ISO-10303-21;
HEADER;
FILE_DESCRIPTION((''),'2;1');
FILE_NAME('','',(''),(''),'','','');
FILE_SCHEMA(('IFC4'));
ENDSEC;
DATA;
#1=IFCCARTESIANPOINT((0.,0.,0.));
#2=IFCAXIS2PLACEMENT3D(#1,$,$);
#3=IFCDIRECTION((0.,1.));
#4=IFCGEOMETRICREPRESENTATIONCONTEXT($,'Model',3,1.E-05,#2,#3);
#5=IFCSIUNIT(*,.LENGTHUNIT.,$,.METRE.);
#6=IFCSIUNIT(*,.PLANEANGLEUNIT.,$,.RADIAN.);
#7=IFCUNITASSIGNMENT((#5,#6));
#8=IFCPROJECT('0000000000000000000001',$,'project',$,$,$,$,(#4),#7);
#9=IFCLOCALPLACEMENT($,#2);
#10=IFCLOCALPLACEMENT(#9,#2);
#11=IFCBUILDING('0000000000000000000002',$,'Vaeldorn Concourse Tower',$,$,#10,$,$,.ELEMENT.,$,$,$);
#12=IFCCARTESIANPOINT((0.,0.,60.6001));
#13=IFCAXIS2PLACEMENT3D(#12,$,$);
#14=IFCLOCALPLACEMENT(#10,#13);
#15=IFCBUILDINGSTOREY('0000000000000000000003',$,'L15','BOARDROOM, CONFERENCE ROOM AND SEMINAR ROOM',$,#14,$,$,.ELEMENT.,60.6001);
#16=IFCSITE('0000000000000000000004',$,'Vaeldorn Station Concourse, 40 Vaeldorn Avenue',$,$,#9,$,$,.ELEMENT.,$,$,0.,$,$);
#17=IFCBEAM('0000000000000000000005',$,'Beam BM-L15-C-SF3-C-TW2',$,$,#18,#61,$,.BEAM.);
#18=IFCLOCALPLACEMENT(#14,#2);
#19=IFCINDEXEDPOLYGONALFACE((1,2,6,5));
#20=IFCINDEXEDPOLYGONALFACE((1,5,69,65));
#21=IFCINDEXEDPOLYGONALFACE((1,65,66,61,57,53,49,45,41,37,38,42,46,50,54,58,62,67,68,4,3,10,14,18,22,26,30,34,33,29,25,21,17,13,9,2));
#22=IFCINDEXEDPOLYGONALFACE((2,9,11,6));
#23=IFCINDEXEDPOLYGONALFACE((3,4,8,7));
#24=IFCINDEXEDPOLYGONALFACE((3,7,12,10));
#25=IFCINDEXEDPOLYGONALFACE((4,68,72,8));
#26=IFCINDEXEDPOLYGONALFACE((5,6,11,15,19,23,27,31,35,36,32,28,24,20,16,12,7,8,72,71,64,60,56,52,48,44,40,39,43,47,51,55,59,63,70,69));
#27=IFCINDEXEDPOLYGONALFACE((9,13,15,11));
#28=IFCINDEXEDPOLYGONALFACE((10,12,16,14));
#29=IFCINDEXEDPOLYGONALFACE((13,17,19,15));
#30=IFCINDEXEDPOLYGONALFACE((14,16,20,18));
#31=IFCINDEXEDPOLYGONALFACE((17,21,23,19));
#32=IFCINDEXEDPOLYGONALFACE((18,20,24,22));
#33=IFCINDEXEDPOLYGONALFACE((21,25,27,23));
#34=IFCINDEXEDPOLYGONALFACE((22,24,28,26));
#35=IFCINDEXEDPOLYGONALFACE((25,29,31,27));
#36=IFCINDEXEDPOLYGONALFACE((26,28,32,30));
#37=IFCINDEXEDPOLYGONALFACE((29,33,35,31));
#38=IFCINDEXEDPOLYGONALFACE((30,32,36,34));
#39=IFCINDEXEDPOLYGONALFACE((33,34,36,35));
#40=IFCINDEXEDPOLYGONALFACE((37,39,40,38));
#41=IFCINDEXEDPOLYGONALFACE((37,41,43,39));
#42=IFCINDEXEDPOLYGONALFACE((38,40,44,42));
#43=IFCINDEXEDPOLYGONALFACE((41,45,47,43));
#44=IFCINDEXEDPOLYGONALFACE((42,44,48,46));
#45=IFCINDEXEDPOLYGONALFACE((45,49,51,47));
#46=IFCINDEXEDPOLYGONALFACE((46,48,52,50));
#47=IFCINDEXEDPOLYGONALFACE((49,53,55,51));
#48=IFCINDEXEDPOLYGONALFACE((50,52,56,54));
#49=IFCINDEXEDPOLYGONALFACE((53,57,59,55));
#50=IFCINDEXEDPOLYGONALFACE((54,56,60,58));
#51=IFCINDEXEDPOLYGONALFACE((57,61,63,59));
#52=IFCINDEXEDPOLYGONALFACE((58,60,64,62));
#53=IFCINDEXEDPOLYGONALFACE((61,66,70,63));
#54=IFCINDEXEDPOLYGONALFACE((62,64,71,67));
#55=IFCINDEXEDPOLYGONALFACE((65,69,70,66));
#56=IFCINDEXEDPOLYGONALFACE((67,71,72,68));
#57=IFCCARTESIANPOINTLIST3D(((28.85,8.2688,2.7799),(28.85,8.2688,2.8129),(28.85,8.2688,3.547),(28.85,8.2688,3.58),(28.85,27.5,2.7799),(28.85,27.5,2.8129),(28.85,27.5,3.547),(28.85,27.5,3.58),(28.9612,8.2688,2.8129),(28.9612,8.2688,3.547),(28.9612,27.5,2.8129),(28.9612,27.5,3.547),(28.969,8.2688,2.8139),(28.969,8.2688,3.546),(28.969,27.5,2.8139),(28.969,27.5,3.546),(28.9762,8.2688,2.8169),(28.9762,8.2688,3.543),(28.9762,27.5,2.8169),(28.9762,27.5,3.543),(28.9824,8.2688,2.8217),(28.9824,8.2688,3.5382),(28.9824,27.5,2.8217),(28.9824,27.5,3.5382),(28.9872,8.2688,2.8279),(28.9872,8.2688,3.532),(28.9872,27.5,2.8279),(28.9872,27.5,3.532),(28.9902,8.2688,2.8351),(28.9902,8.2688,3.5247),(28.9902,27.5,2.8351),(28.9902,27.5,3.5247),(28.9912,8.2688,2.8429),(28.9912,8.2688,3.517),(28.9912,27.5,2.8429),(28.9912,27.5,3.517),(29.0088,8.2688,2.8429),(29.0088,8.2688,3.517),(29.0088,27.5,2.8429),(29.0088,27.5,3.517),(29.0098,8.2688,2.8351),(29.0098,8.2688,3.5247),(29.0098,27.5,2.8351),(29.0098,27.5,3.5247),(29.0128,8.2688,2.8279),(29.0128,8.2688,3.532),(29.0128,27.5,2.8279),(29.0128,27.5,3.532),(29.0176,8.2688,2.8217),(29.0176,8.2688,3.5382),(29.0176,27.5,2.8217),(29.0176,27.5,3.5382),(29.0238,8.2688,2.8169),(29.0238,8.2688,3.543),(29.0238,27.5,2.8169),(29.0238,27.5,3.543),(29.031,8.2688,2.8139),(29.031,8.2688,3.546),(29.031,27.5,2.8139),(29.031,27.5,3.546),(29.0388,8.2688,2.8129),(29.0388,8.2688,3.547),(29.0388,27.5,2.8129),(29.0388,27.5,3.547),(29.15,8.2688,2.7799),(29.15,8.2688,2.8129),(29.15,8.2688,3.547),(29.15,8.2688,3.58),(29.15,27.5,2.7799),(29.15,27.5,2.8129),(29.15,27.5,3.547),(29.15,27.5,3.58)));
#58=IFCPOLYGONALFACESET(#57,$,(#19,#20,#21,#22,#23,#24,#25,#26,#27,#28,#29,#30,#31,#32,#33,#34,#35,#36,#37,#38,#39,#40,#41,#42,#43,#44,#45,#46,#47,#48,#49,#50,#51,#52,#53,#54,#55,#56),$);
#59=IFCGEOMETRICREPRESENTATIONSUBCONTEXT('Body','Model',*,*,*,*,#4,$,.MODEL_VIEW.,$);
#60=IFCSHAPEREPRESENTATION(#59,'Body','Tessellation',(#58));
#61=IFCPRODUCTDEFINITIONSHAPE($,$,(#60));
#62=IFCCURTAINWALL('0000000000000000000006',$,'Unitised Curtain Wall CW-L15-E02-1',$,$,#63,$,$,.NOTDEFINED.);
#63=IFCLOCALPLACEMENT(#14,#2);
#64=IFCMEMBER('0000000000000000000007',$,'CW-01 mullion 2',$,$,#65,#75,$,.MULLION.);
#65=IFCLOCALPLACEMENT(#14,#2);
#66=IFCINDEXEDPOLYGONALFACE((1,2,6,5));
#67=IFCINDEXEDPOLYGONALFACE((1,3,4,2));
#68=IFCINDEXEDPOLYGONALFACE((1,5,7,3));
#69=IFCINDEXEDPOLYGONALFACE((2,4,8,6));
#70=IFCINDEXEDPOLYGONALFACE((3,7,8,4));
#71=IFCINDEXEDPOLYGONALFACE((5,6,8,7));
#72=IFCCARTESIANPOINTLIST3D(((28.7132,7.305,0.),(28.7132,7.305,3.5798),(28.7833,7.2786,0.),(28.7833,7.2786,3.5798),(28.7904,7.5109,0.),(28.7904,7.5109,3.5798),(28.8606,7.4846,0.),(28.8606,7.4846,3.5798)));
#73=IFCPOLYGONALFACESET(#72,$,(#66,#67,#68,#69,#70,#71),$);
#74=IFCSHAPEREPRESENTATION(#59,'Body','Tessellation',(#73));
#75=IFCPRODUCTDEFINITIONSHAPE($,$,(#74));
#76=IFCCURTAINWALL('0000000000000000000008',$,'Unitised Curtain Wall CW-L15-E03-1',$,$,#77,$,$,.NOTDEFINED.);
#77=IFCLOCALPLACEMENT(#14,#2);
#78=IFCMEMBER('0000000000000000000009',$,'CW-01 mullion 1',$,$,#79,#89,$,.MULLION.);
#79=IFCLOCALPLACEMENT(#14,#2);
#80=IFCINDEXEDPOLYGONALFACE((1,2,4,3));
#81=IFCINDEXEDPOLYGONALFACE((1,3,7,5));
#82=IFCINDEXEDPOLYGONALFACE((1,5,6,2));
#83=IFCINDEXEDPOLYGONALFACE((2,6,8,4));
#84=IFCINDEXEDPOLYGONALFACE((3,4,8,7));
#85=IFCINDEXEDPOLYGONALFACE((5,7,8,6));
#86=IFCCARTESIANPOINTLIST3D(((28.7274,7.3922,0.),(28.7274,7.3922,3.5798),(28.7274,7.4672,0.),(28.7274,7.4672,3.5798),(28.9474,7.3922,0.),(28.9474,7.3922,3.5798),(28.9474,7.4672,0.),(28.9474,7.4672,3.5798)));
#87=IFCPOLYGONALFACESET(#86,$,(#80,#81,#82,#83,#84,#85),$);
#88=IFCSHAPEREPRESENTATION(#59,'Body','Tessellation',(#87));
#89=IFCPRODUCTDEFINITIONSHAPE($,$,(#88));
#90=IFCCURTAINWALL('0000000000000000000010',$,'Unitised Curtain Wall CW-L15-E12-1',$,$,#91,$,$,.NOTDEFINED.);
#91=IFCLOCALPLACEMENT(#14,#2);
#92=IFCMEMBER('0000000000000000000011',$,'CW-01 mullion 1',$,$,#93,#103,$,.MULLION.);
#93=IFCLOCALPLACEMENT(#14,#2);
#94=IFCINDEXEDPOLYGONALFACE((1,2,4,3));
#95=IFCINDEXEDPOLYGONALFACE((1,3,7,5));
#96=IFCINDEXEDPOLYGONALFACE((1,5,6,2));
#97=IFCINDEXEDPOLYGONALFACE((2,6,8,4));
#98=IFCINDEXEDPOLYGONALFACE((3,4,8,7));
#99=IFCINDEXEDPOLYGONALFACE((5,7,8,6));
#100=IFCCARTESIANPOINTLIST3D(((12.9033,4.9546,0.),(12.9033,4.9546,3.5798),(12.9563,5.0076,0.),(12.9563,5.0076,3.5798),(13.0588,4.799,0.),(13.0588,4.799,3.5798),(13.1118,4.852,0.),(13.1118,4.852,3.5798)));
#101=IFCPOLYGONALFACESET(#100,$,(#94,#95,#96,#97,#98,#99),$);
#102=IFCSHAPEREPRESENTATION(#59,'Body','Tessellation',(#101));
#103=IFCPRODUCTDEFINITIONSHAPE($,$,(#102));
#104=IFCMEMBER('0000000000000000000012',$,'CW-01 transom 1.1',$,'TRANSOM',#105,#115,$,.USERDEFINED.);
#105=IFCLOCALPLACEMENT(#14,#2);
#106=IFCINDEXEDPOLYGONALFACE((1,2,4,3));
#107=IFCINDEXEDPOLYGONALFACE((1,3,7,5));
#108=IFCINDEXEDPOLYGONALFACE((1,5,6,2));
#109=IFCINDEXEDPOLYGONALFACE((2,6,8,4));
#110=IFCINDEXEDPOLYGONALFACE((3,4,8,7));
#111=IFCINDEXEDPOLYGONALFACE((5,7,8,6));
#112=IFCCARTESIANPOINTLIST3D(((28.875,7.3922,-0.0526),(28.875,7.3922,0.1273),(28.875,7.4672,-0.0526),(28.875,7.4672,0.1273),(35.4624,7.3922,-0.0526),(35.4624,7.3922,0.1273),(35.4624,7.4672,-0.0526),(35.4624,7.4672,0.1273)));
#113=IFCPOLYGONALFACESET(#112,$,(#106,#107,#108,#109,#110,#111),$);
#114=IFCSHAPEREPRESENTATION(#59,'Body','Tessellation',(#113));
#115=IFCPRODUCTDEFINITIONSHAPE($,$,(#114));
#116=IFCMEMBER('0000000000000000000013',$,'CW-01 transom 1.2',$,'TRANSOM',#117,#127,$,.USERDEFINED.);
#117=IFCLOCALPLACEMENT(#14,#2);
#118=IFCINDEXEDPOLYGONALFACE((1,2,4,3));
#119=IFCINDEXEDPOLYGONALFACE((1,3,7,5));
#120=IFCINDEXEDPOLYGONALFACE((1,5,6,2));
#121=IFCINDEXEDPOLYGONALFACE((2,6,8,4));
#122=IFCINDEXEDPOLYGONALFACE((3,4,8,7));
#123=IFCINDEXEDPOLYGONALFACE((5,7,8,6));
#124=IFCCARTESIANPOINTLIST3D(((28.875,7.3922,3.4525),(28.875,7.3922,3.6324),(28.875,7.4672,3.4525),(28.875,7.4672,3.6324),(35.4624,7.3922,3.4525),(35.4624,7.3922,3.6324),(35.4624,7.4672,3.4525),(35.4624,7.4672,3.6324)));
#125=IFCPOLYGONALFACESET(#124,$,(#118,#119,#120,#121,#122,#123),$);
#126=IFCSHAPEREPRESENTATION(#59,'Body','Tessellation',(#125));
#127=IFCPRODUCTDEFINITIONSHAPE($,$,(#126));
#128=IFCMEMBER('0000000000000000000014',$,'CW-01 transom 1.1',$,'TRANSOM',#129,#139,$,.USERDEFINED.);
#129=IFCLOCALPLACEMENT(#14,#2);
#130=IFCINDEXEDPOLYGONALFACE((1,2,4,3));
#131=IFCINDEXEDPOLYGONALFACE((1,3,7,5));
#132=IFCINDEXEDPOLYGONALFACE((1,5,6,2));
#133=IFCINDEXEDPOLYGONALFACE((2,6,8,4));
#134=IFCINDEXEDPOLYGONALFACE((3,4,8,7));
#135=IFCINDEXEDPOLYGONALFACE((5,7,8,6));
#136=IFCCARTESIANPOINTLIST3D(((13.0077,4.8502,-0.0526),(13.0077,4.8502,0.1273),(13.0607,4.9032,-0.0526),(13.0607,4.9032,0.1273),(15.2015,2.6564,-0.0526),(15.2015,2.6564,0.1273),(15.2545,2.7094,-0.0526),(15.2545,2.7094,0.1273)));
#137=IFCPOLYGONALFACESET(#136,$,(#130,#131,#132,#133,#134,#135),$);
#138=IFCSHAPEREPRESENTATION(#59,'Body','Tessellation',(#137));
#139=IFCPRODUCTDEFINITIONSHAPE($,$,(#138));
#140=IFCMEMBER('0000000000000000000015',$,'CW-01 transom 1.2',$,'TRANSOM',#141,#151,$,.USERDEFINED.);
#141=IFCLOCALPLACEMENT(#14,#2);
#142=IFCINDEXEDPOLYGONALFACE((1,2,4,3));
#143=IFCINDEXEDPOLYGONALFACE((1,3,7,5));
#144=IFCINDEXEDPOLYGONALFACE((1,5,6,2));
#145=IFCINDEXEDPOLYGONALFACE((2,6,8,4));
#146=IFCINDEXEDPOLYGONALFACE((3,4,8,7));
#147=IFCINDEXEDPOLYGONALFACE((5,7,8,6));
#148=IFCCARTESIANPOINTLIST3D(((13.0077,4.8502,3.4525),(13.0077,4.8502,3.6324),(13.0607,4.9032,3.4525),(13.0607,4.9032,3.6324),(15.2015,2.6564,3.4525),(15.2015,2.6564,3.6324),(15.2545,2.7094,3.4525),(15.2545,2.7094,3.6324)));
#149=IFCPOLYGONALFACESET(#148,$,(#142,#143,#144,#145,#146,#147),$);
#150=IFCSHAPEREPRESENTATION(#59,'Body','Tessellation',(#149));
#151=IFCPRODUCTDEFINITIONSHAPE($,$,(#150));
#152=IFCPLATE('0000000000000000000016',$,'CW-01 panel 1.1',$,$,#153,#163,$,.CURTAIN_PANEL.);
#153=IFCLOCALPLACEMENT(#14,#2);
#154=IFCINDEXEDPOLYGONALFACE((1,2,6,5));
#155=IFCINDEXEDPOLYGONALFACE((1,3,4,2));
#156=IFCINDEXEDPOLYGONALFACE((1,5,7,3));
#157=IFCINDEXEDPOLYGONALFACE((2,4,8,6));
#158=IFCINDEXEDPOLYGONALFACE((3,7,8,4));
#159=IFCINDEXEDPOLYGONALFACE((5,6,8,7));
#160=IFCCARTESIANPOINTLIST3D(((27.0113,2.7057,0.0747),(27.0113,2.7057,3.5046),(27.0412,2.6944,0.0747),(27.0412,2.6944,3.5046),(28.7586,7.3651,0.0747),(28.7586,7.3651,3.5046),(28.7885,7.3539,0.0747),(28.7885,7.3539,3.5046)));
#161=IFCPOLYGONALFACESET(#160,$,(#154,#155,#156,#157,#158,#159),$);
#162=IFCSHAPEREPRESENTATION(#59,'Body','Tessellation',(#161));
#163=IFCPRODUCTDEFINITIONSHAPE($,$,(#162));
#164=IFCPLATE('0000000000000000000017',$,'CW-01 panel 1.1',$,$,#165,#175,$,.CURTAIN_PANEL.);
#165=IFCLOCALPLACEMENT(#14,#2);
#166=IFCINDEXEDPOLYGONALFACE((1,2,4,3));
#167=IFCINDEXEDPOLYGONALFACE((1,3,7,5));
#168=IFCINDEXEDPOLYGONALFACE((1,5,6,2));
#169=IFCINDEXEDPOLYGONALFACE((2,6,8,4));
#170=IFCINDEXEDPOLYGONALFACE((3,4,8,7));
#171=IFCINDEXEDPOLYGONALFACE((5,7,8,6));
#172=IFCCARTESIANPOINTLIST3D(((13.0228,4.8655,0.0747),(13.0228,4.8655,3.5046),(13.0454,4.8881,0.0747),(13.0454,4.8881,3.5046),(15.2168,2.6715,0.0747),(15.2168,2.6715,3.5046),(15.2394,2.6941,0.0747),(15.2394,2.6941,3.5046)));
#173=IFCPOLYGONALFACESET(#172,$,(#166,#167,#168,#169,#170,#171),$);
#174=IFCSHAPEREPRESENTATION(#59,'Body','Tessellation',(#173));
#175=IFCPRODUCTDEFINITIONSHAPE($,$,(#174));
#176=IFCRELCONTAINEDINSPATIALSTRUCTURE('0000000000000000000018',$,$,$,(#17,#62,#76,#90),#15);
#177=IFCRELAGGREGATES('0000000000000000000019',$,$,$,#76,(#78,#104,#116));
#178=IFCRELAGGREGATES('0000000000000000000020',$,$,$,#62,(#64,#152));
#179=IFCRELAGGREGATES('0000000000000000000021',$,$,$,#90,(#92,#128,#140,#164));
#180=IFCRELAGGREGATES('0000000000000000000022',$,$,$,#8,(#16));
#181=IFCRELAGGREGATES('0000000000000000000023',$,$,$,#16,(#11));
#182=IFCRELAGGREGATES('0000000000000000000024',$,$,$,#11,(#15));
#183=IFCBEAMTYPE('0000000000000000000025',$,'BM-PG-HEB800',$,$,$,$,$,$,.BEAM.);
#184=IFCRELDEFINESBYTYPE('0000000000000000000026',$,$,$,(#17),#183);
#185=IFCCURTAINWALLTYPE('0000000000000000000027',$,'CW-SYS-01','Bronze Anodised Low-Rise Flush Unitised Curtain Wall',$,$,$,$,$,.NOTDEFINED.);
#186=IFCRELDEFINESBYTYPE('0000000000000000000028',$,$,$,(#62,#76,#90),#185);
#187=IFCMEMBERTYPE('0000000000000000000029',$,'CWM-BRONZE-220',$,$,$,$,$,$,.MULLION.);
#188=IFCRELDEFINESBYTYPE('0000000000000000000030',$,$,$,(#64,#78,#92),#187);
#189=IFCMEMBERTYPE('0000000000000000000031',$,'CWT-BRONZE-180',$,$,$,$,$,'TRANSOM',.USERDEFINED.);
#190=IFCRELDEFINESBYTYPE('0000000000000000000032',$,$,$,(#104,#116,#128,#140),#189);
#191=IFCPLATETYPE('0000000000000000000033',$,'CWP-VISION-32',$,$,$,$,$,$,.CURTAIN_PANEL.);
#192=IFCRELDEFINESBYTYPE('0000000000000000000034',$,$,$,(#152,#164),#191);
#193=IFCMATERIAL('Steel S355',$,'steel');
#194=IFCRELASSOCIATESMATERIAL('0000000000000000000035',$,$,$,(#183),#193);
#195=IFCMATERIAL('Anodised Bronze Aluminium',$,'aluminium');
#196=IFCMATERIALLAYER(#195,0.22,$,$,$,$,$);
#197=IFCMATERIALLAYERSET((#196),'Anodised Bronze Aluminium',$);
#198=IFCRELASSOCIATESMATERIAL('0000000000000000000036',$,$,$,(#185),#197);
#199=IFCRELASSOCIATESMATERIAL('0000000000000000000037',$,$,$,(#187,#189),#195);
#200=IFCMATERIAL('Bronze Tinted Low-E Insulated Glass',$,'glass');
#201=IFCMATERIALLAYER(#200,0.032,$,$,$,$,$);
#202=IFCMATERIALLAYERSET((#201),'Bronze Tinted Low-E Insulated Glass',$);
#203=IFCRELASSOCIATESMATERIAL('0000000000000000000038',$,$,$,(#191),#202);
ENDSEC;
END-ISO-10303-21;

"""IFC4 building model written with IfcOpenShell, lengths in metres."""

from ifc_helpers import new_model, si_unit, direction, frame, origin, origin_2d, place, context, subcontext, project, spatial, rectangle, i_section, extrude, source, transform, mapped, material, layer, layer_set, material_profile, profile_set, type_object, element, aggregate, save


model = new_model("IFC4")

# Units and contexts
model_context = context("Model", 3, precision=1e-05, world=origin(), true_north=direction((0.0, 1.0)))
body_context = subcontext(model_context, "Body", "Model", "MODEL_VIEW")
ifc_project = project(units=[si_unit("LENGTHUNIT", "METRE"), si_unit("PLANEANGLEUNIT", "RADIAN")], contexts=[model_context])

# Site, building, storey
site_placement = place(None, origin())
site = spatial("IfcSite", under=ifc_project, at=site_placement, Name="Vaeldorn Station Concourse, 40 Vaeldorn Avenue", CompositionType="ELEMENT", RefElevation=0.0)
building_placement = place(site_placement, origin())
building = spatial("IfcBuilding", under=site, at=building_placement, Name="Vaeldorn Concourse Tower", CompositionType="ELEMENT")
storey_placement = place(building_placement, frame((0.0, 0.0, 60.6001)))
storey = spatial("IfcBuildingStorey", under=building, at=storey_placement, Name="L15", Description="BOARDROOM, CONFERENCE ROOM AND SEMINAR ROOM", CompositionType="ELEMENT", Elevation=60.6001)

# Beam
ifc_material_1 = material(Name="Steel S355", Category="steel")
ifc_material_profile_1 = material_profile(ifc_material_1, i_section(OverallWidth=0.3, OverallDepth=0.8, WebThickness=0.0176, FlangeThickness=0.033, FilletRadius=0.03, at=origin_2d()), Name="HEB 800")
ifc_profile_set_1 = profile_set([ifc_material_profile_1], Name="Steel S355")
beam_type_1 = type_object("IfcBeamType", Name="BM-PG-HEB800", PredefinedType="BEAM", material=ifc_profile_set_1)
shared_shape_1 = source(origin(), body_context, "Body", "SweptSolid", [
    extrude(i_section(OverallWidth=0.3, OverallDepth=0.8, WebThickness=0.0176, FlangeThickness=0.033, FilletRadius=0.03, at=origin_2d()), origin(), (0.0, 0.0, 1.0), 19.2312),
])
beam_1_placement = place(storey_placement, frame((29.0, 8.2688, 3.1799), z_axis=(0.0, 1.0, 0.0), x_axis=(-1.0, 0.0, 0.0)))
element("IfcBeam", 1, at=beam_1_placement, inside=storey, type_object=beam_type_1, Name="Beam BM-L15-C-SF3-C-TW2", PredefinedType="BEAM", context=body_context, shape_type="MappedRepresentation", body=[
    mapped(shared_shape_1, transform((0.0, 0.0, 0.0), scale=1.0)),
])

# Curtain walls, members
ifc_material_2 = material(Name="Anodised Bronze Aluminium", Category="aluminium")
ifc_layer_1 = layer(ifc_material_2, 0.22)
ifc_layer_set_1 = layer_set([ifc_layer_1], Name="Anodised Bronze Aluminium")
curtain_wall_type = type_object("IfcCurtainWallType", Name="CW-SYS-01", Description="Bronze Anodised Low-Rise Flush Unitised Curtain Wall", PredefinedType="NOTDEFINED", material=ifc_layer_set_1)
curtain_wall_1_placement = place(storey_placement, origin())
curtain_wall_1 = element("IfcCurtainWall", 2, at=curtain_wall_1_placement, inside=storey, type_object=curtain_wall_type, Name="Unitised Curtain Wall CW-L15-E02-1", PredefinedType="NOTDEFINED")
ifc_material_profile_2 = material_profile(ifc_material_2, rectangle(XDim=0.075, YDim=0.22, at=origin_2d()), Name="CWM 75x220")
ifc_profile_set_2 = profile_set([ifc_material_profile_2], Name="Anodised Bronze Aluminium")
member_type_1 = type_object("IfcMemberType", Name="CWM-BRONZE-220", PredefinedType="MULLION", material=ifc_profile_set_2)
shared_shape_2 = source(origin(), body_context, "Body", "SweptSolid", [
    extrude(rectangle(XDim=0.075, YDim=0.22, at=origin_2d()), origin(), (0.0, 0.0, 1.0), 3.5798),
])
member_1_placement = place(storey_placement, frame((28.7869, 7.3948, 0.0), z_axis=(0.0, 0.0, 1.0), x_axis=(-0.936329, 0.351123, 0.0)))
member_1 = element("IfcMember", 3, at=member_1_placement, type_object=member_type_1, Name="CW-01 mullion 2", PredefinedType="MULLION", context=body_context, shape_type="MappedRepresentation", body=[
    mapped(shared_shape_2, transform((0.0, 0.0, 0.0), scale=1.0)),
])
curtain_wall_2_placement = place(storey_placement, origin())
curtain_wall_2 = element("IfcCurtainWall", 4, at=curtain_wall_2_placement, inside=storey, type_object=curtain_wall_type, Name="Unitised Curtain Wall CW-L15-E03-1", PredefinedType="NOTDEFINED")
member_2_placement = place(storey_placement, frame((28.8374, 7.4297, 0.0), z_axis=(0.0, 0.0, 1.0), x_axis=(0.0, 1.0, 0.0)))
member_2 = element("IfcMember", 5, at=member_2_placement, type_object=member_type_1, Name="CW-01 mullion 1", PredefinedType="MULLION", context=body_context, shape_type="MappedRepresentation", body=[
    mapped(shared_shape_2, transform((0.0, 0.0, 0.0), scale=1.0)),
])
curtain_wall_3_placement = place(storey_placement, origin())
curtain_wall_3 = element("IfcCurtainWall", 6, at=curtain_wall_3_placement, inside=storey, type_object=curtain_wall_type, Name="Unitised Curtain Wall CW-L15-E12-1", PredefinedType="NOTDEFINED")
member_3_placement = place(storey_placement, frame((13.0076, 4.9033, 0.0), z_axis=(0.0, 0.0, 1.0), x_axis=(0.707107, 0.707107, 0.0)))
member_3 = element("IfcMember", 7, at=member_3_placement, type_object=member_type_1, Name="CW-01 mullion 1", PredefinedType="MULLION", context=body_context, shape_type="MappedRepresentation", body=[
    mapped(shared_shape_2, transform((0.0, 0.0, 0.0), scale=1.0)),
])

# Members
ifc_material_profile_3 = material_profile(ifc_material_2, rectangle(XDim=0.075, YDim=0.1799, at=origin_2d()), Name="CWT 75x180")
ifc_profile_set_3 = profile_set([ifc_material_profile_3], Name="Anodised Bronze Aluminium")
member_type_2 = type_object("IfcMemberType", Name="CWT-BRONZE-180", ElementType="TRANSOM", PredefinedType="USERDEFINED", material=ifc_profile_set_3)
shared_shape_3 = source(origin(), body_context, "Body", "SweptSolid", [
    extrude(rectangle(XDim=0.075, YDim=0.1799, at=origin_2d()), origin(), (0.0, 0.0, 1.0), 6.5874),
])
member_4_placement = place(storey_placement, frame((28.875, 7.4297, 0.0374), z_axis=(1.0, 0.0, 0.0), x_axis=(0.0, 1.0, 0.0)))
member_4 = element("IfcMember", 8, at=member_4_placement, type_object=member_type_2, Name="CW-01 transom 1.1", ObjectType="TRANSOM", PredefinedType="USERDEFINED", context=body_context, shape_type="MappedRepresentation", body=[
    mapped(shared_shape_3, transform((0.0, 0.0, 0.0), scale=1.0)),
])
member_5_placement = place(storey_placement, frame((28.875, 7.4297, 3.5425), z_axis=(1.0, 0.0, 0.0), x_axis=(0.0, 1.0, 0.0)))
member_5 = element("IfcMember", 9, at=member_5_placement, type_object=member_type_2, Name="CW-01 transom 1.2", ObjectType="TRANSOM", PredefinedType="USERDEFINED", context=body_context, shape_type="MappedRepresentation", body=[
    mapped(shared_shape_3, transform((0.0, 0.0, 0.0), scale=1.0)),
])
aggregate(curtain_wall_2, [member_2, member_4, member_5])
shared_shape_4 = source(origin(), body_context, "Body", "SweptSolid", [
    extrude(rectangle(XDim=0.075, YDim=0.1799, at=origin_2d()), origin(), (0.0, 0.0, 1.0), 3.1025),
])
member_6_placement = place(storey_placement, frame((13.0342, 4.8767, 0.0374), z_axis=(0.707107, -0.707107, 0.0), x_axis=(0.707107, 0.707107, 0.0)))
member_6 = element("IfcMember", 10, at=member_6_placement, type_object=member_type_2, Name="CW-01 transom 1.1", ObjectType="TRANSOM", PredefinedType="USERDEFINED", context=body_context, shape_type="MappedRepresentation", body=[
    mapped(shared_shape_4, transform((0.0, 0.0, 0.0), scale=1.0)),
])
member_7_placement = place(storey_placement, frame((13.0342, 4.8767, 3.5425), z_axis=(0.707107, -0.707107, 0.0), x_axis=(0.707107, 0.707107, 0.0)))
member_7 = element("IfcMember", 11, at=member_7_placement, type_object=member_type_2, Name="CW-01 transom 1.2", ObjectType="TRANSOM", PredefinedType="USERDEFINED", context=body_context, shape_type="MappedRepresentation", body=[
    mapped(shared_shape_4, transform((0.0, 0.0, 0.0), scale=1.0)),
])

# Plates
ifc_material_3 = material(Name="Bronze Tinted Low-E Insulated Glass", Category="glass")
ifc_layer_2 = layer(ifc_material_3, 0.032)
ifc_layer_set_2 = layer_set([ifc_layer_2], Name="Bronze Tinted Low-E Insulated Glass")
plate_type = type_object("IfcPlateType", Name="CWP-VISION-32", PredefinedType="CURTAIN_PANEL", material=ifc_layer_set_2)
shared_shape_5 = source(origin(), body_context, "Body", "SweptSolid", [
    extrude(rectangle(XDim=4.9763, YDim=0.032, at=origin_2d()), origin(), (0.0, 0.0, 1.0), 3.4299),
])
plate_1_placement = place(storey_placement, frame((27.8999, 5.0298, 0.0747), z_axis=(0.0, 0.0, 1.0), x_axis=(0.351123, 0.936329, 0.0)))
plate_1 = element("IfcPlate", 12, at=plate_1_placement, type_object=plate_type, Name="CW-01 panel 1.1", PredefinedType="CURTAIN_PANEL", context=body_context, shape_type="MappedRepresentation", body=[
    mapped(shared_shape_5, transform((0.0, 0.0, 0.0), scale=1.0)),
])
aggregate(curtain_wall_1, [member_1, plate_1])
shared_shape_6 = source(origin(), body_context, "Body", "SweptSolid", [
    extrude(rectangle(XDim=3.1028, YDim=0.032, at=origin_2d()), origin(), (0.0, 0.0, 1.0), 3.4299),
])
plate_2_placement = place(storey_placement, frame((14.1311, 3.7798, 0.0747), z_axis=(0.0, 0.0, 1.0), x_axis=(0.707107, -0.707107, 0.0)))
plate_2 = element("IfcPlate", 13, at=plate_2_placement, type_object=plate_type, Name="CW-01 panel 1.1", PredefinedType="CURTAIN_PANEL", context=body_context, shape_type="MappedRepresentation", body=[
    mapped(shared_shape_6, transform((0.0, 0.0, 0.0), scale=1.0)),
])
aggregate(curtain_wall_3, [member_3, member_6, member_7, plate_2])

save(model, "model.ifc")
